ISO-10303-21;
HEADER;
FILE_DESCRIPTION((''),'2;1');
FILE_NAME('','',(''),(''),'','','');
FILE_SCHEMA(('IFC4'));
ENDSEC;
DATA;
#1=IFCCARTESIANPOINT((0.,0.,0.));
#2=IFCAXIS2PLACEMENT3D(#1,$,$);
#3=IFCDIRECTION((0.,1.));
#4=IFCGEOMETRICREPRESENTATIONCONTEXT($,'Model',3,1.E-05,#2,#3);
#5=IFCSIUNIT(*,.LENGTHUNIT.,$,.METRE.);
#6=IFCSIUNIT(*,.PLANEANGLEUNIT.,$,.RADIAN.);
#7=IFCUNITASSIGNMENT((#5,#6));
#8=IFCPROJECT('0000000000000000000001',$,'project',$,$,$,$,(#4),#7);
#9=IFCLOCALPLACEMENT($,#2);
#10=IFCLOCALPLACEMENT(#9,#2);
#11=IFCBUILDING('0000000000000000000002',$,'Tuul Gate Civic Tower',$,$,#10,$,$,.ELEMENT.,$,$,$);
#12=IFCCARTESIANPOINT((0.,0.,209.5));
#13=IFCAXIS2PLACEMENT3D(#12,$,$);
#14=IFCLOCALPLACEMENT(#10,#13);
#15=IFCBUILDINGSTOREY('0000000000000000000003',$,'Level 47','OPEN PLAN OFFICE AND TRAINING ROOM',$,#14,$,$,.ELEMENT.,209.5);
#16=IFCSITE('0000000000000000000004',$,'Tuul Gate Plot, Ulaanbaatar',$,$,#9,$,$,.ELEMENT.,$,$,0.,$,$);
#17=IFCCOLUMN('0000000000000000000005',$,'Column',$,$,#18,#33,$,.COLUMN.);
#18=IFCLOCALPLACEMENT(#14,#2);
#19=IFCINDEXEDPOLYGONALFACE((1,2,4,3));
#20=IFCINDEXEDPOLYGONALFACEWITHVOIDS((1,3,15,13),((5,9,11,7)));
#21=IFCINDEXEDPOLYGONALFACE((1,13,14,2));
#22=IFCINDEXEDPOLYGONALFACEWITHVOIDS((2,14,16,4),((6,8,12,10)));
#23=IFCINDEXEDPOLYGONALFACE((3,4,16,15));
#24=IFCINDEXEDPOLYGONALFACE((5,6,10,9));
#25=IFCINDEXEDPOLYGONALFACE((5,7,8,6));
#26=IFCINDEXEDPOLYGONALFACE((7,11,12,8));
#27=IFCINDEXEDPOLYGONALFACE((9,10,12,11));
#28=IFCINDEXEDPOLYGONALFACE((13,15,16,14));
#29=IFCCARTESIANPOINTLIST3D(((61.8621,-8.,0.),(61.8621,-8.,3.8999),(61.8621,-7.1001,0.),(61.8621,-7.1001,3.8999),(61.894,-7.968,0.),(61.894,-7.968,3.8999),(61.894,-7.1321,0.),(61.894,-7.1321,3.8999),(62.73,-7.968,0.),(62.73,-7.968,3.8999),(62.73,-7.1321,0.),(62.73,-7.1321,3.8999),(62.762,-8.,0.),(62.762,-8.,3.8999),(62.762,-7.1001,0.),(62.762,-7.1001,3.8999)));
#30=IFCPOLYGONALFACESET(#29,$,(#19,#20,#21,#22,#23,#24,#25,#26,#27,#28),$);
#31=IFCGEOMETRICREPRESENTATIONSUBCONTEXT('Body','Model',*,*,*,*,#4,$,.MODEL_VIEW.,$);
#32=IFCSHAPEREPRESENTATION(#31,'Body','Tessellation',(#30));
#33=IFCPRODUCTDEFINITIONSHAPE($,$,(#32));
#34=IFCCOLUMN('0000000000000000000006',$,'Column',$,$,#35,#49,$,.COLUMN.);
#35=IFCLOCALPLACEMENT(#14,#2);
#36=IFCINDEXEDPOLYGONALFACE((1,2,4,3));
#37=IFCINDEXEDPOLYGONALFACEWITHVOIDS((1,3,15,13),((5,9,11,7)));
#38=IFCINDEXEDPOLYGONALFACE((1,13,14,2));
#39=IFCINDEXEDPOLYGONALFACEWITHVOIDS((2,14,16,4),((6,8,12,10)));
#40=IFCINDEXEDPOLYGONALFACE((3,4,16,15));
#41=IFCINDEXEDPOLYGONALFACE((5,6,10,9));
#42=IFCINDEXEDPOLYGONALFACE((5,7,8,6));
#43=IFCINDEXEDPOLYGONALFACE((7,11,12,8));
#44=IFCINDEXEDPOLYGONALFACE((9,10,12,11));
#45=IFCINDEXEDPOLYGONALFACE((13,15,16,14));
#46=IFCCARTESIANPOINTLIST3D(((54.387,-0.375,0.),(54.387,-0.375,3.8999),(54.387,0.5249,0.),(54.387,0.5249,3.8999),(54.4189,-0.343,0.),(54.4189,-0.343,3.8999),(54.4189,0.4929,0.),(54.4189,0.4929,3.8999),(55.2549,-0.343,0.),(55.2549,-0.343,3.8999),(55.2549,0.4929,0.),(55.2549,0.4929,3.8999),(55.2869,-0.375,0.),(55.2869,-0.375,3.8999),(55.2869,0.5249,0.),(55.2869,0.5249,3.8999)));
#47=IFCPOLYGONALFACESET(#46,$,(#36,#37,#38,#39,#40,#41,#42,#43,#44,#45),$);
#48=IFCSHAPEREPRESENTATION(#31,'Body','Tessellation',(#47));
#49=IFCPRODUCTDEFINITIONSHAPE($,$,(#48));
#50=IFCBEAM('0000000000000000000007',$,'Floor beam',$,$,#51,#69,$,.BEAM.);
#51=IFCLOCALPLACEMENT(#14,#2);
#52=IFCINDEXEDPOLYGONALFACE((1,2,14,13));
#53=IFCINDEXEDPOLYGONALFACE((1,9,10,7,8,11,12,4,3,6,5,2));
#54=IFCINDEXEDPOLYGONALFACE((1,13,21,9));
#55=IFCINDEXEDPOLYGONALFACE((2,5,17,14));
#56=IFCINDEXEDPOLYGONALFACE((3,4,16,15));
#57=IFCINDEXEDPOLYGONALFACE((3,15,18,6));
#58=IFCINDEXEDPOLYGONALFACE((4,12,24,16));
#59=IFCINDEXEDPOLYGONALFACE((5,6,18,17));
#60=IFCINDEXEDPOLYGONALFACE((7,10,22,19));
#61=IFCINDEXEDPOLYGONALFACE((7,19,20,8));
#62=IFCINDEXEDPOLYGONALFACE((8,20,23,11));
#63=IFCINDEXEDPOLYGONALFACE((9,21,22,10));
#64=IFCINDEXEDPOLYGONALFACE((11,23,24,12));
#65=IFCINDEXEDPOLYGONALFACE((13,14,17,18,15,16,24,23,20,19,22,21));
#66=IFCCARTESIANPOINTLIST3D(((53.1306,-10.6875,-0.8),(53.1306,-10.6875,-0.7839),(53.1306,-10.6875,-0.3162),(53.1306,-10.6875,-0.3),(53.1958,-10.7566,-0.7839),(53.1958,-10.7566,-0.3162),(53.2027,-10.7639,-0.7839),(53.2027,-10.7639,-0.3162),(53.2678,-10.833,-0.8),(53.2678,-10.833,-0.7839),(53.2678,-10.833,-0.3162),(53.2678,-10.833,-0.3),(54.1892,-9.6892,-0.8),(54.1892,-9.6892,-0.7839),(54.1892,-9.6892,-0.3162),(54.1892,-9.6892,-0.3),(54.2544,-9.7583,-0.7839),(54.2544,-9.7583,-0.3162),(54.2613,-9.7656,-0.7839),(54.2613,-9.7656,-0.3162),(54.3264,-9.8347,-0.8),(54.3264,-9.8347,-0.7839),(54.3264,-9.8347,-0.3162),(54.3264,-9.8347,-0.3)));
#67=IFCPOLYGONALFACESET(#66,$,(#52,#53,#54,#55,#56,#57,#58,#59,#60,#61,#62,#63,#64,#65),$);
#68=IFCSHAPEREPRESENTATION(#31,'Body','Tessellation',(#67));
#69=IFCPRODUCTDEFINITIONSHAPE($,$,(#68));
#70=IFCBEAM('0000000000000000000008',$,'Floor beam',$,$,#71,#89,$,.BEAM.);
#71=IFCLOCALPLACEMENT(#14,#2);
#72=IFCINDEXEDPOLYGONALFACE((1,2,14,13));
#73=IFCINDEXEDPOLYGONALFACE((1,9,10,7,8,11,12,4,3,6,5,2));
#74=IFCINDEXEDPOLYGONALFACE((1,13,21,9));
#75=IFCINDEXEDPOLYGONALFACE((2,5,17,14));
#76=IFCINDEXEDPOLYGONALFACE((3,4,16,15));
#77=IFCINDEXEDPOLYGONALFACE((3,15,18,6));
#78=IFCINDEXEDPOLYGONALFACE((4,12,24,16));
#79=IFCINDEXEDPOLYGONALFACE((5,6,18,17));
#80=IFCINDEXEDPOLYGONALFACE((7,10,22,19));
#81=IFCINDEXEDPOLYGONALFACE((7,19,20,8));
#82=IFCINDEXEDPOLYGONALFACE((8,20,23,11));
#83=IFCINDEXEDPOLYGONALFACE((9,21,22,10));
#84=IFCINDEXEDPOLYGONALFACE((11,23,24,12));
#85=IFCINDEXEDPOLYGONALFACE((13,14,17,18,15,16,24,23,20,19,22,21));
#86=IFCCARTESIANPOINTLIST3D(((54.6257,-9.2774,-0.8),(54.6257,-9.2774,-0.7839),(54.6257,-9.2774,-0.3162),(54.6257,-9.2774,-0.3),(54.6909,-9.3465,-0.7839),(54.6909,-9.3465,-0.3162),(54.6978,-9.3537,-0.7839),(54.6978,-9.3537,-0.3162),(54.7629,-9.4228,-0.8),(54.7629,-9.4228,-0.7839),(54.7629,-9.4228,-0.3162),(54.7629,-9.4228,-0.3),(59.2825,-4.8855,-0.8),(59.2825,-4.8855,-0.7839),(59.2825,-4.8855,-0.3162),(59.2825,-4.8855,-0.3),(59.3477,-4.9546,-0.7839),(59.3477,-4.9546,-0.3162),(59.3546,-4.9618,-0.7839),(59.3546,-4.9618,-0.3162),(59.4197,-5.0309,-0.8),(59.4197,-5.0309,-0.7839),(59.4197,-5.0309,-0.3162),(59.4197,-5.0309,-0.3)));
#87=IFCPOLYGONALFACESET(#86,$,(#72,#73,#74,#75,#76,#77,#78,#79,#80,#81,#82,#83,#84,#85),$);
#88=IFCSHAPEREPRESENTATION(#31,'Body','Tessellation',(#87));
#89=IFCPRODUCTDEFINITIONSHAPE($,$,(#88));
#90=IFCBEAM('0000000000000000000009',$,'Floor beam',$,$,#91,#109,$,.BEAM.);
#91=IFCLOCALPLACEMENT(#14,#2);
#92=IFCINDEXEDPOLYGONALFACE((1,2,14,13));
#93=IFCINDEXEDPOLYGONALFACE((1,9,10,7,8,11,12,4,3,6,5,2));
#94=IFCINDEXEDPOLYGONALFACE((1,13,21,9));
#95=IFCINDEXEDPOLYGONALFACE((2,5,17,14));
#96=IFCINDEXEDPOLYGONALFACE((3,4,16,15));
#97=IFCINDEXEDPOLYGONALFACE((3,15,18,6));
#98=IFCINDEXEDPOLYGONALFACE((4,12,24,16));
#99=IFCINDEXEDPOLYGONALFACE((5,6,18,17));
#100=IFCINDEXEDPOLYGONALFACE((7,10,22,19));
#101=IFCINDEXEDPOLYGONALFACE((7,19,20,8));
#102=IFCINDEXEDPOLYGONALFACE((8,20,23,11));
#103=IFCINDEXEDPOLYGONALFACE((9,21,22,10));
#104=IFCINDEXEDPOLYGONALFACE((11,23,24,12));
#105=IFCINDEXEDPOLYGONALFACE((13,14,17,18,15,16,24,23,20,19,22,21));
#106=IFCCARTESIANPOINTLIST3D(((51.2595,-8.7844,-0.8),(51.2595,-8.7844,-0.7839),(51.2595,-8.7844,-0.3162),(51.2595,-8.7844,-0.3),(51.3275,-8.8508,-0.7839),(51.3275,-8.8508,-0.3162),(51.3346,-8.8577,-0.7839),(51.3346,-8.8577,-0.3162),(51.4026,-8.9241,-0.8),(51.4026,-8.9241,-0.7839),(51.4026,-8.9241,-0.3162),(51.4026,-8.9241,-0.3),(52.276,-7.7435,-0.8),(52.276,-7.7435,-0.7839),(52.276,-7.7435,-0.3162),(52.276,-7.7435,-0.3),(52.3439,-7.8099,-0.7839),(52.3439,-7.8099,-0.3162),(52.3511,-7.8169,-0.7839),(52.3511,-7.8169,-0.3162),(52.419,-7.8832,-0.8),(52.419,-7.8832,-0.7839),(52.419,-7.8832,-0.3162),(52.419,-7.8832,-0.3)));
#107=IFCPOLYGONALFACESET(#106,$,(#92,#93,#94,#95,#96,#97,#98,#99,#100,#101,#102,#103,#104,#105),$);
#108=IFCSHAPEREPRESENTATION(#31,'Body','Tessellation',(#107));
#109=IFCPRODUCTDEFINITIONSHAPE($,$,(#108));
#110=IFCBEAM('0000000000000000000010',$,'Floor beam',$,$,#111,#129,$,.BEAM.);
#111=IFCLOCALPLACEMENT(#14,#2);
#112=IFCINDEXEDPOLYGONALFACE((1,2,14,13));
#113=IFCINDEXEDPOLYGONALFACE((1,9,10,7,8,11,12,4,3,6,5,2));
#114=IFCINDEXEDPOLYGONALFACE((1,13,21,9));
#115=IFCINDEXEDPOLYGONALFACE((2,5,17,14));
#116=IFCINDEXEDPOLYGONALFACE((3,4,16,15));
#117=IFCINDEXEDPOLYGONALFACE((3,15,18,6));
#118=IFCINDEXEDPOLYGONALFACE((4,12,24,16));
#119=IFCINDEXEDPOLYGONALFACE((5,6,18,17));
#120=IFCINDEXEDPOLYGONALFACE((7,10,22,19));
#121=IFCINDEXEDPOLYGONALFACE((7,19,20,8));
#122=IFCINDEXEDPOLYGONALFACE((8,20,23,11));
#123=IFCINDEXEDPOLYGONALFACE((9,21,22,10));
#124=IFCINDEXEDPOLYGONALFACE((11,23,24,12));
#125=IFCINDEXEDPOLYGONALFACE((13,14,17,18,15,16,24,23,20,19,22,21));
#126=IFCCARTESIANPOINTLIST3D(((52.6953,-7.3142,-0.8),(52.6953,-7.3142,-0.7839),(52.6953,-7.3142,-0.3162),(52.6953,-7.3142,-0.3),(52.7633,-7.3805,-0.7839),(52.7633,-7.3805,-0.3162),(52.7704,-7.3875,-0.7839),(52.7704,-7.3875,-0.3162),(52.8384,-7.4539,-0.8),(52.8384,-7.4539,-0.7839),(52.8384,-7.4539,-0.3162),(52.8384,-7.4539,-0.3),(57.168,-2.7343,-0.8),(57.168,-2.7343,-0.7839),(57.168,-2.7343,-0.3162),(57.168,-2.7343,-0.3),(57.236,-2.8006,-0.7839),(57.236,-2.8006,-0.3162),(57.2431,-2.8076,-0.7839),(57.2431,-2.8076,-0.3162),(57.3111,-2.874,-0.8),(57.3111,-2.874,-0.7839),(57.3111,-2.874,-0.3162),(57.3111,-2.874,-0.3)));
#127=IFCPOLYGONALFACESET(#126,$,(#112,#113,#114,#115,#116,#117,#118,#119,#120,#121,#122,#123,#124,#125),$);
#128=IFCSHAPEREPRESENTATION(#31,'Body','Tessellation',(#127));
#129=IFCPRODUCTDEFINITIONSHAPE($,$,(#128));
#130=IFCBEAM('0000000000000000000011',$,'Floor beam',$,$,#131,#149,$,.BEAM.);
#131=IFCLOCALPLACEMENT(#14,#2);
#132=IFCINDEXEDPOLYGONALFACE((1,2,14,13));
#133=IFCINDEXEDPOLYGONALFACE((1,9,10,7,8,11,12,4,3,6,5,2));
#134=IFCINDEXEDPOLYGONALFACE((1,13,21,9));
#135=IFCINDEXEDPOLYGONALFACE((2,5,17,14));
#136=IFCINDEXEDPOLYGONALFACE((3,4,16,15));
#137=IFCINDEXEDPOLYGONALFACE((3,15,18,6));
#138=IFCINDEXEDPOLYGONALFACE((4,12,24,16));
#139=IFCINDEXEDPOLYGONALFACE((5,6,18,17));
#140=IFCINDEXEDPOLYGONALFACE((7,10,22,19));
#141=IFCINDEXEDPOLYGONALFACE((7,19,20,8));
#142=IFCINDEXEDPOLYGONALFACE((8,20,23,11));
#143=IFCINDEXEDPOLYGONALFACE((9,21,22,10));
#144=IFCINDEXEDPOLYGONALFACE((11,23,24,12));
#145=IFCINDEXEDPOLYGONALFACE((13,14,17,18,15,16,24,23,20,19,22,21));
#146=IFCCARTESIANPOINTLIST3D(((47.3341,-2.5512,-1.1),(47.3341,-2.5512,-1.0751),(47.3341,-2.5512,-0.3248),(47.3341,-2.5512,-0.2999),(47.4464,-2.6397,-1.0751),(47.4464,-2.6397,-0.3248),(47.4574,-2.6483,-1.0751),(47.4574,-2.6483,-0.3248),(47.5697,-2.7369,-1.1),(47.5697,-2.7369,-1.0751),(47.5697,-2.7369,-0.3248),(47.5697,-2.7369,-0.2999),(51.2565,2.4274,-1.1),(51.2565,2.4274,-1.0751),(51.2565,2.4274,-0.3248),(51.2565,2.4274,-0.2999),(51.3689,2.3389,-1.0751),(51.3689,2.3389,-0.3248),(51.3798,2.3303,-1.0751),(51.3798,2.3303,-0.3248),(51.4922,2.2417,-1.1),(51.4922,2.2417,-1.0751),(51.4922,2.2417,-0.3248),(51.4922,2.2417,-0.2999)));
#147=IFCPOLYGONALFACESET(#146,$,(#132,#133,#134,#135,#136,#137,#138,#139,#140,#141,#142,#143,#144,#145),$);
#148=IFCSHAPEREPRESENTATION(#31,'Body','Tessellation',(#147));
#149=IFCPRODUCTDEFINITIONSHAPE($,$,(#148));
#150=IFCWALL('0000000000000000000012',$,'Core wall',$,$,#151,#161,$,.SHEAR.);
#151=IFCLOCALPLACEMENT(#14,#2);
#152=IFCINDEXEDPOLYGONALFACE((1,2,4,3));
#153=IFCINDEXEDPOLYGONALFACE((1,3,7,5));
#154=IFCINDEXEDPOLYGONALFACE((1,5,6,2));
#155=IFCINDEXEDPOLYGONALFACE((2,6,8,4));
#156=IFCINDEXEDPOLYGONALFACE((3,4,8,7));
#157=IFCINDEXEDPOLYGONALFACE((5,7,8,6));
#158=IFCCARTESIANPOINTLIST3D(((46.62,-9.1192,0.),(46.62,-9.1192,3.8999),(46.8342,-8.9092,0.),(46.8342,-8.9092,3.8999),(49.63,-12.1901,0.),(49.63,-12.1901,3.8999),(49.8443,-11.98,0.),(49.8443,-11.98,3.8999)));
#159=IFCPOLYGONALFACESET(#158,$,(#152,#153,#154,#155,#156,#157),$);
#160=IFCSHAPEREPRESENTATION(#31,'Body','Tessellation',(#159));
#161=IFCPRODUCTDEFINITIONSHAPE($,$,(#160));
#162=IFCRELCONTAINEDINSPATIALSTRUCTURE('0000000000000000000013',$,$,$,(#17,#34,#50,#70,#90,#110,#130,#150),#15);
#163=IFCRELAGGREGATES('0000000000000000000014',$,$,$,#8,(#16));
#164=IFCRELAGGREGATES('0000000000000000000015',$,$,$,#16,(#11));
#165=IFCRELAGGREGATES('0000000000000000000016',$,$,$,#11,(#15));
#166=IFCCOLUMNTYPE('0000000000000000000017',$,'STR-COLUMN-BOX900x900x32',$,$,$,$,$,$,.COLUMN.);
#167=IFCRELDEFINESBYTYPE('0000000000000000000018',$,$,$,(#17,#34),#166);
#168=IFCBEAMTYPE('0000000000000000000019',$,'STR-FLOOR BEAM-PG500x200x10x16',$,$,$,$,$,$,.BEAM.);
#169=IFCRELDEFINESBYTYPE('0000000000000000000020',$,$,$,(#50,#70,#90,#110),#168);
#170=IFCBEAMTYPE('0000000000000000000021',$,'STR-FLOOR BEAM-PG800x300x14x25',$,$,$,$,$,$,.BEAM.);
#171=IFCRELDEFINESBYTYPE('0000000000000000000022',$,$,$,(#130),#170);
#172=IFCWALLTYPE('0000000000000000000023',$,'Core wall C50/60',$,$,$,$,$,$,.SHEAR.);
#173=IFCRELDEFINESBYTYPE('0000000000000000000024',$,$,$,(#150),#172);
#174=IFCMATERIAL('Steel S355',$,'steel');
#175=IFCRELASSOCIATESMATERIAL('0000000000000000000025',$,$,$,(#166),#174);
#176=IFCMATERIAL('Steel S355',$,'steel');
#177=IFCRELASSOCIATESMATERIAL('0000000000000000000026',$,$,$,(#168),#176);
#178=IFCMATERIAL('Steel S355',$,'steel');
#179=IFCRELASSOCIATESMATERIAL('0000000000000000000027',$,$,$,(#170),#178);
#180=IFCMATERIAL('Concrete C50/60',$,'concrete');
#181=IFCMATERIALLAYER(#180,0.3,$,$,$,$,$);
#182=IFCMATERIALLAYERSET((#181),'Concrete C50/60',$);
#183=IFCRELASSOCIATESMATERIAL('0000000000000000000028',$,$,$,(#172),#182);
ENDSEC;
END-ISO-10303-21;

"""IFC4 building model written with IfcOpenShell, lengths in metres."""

from ifc_helpers import new_model, si_unit, direction, frame, frame_2d, origin, origin_2d, place, context, subcontext, project, spatial, rectangle, hollow_rectangle, i_section, extrude, material, layer, layer_set, material_profile, profile_set, type_object, element, save


model = new_model("IFC4")

# Units and contexts
model_context = context("Model", 3, precision=1e-05, world=origin(), true_north=direction((0.0, 1.0)))
body_context = subcontext(model_context, "Body", "Model", "MODEL_VIEW")
ifc_project = project(units=[si_unit("LENGTHUNIT", "METRE"), si_unit("PLANEANGLEUNIT", "RADIAN")], contexts=[model_context])

# Site, building, storey
site_placement = place(None, origin())
site = spatial("IfcSite", under=ifc_project, at=site_placement, Name="Tuul Gate Plot, Ulaanbaatar", CompositionType="ELEMENT", RefElevation=0.0)
building_placement = place(site_placement, origin())
building = spatial("IfcBuilding", under=site, at=building_placement, Name="Tuul Gate Civic Tower", CompositionType="ELEMENT")
storey_placement = place(building_placement, frame((0.0, 0.0, 209.5)))
storey = spatial("IfcBuildingStorey", under=building, at=storey_placement, Name="Level 47", Description="OPEN PLAN OFFICE AND TRAINING ROOM", CompositionType="ELEMENT", Elevation=209.5)

# Columns
ifc_material_1 = material(Name="Steel S355", Category="steel")
ifc_material_profile_1 = material_profile(ifc_material_1, hollow_rectangle(XDim=0.8999, YDim=0.8999, WallThickness=0.032, at=origin_2d()), Name="BOX900x900x32")
ifc_profile_set_1 = profile_set([ifc_material_profile_1], Name="Steel S355")
column_type = type_object("IfcColumnType", Name="STR-COLUMN-BOX900x900x32", PredefinedType="COLUMN", material=ifc_profile_set_1)
for number, where, z_axis, x_axis, name in (
    (1, (62.312, -7.55, 0.0), (0.0, 0.0, 1.0), (1.0, 0.0, 0.0), "Column"),
    (2, (54.8369, 0.075, 0.0), (0.0, 0.0, 1.0), (1.0, 0.0, 0.0), "Column"),
):
    element("IfcColumn", number, at=place(storey_placement, frame(where, z_axis=z_axis, x_axis=x_axis)), inside=storey, type_object=column_type, Name=name, PredefinedType="COLUMN", context=body_context, shape_type="SweptSolid", body=[
        extrude(hollow_rectangle(XDim=0.8999, YDim=0.8999, WallThickness=0.032, at=origin_2d()), origin(), (0.0, 0.0, 1.0), 3.8999),
    ])

# Beams
ifc_material_2 = material(Name="Steel S355", Category="steel")
ifc_material_profile_2 = material_profile(ifc_material_2, i_section(OverallWidth=0.2, OverallDepth=0.5, WebThickness=0.01, FlangeThickness=0.0161, at=origin_2d()), Name="PG500x200x10x16")
ifc_profile_set_2 = profile_set([ifc_material_profile_2], Name="Steel S355")
beam_type_1 = type_object("IfcBeamType", Name="STR-FLOOR BEAM-PG500x200x10x16", PredefinedType="BEAM", material=ifc_profile_set_2)
beam_1_placement = place(storey_placement, frame((53.1992, -10.7603, -0.55), z_axis=(0.727525, 0.686081, 0.0), x_axis=(-0.686081, 0.727525, 0.0)))
element("IfcBeam", 3, at=beam_1_placement, inside=storey, type_object=beam_type_1, Name="Floor beam", PredefinedType="BEAM", context=body_context, shape_type="SweptSolid", body=[
    extrude(i_section(OverallWidth=0.2, OverallDepth=0.5, WebThickness=0.01, FlangeThickness=0.0161, at=origin_2d()), origin(), (0.0, 0.0, 1.0), 1.4551),
])
beam_2_placement = place(storey_placement, frame((54.6943, -9.3501, -0.55), z_axis=(0.727495, 0.686113, 0.0), x_axis=(-0.686113, 0.727495, 0.0)))
element("IfcBeam", 4, at=beam_2_placement, inside=storey, type_object=beam_type_1, Name="Floor beam", PredefinedType="BEAM", context=body_context, shape_type="SweptSolid", body=[
    extrude(i_section(OverallWidth=0.2, OverallDepth=0.5, WebThickness=0.01, FlangeThickness=0.0161, at=origin_2d()), origin(), (0.0, 0.0, 1.0), 6.4011),
])
beam_3_placement = place(storey_placement, frame((51.3311, -8.8542, -0.55), z_axis=(0.698666, 0.715448, 0.0), x_axis=(-0.715448, 0.698666, 0.0)))
element("IfcBeam", 5, at=beam_3_placement, inside=storey, type_object=beam_type_1, Name="Floor beam", PredefinedType="BEAM", context=body_context, shape_type="SweptSolid", body=[
    extrude(i_section(OverallWidth=0.2, OverallDepth=0.5, WebThickness=0.01, FlangeThickness=0.0161, at=origin_2d()), origin(), (0.0, 0.0, 1.0), 1.4548),
])
beam_4_placement = place(storey_placement, frame((52.7668, -7.384, -0.55), z_axis=(0.698686, 0.715428, 0.0), x_axis=(-0.715428, 0.698686, 0.0)))
element("IfcBeam", 6, at=beam_4_placement, inside=storey, type_object=beam_type_1, Name="Floor beam", PredefinedType="BEAM", context=body_context, shape_type="SweptSolid", body=[
    extrude(i_section(OverallWidth=0.2, OverallDepth=0.5, WebThickness=0.01, FlangeThickness=0.0161, at=origin_2d()), origin(), (0.0, 0.0, 1.0), 6.4016),
])
ifc_material_3 = material(Name="Steel S355", Category="steel")
ifc_material_profile_3 = material_profile(ifc_material_3, i_section(OverallWidth=0.3, OverallDepth=0.8, WebThickness=0.0139, FlangeThickness=0.0249, at=origin_2d()), Name="PG800x300x14x25")
ifc_profile_set_3 = profile_set([ifc_material_profile_3], Name="Steel S355")
beam_type_2 = type_object("IfcBeamType", Name="STR-FLOOR BEAM-PG800x300x14x25", PredefinedType="BEAM", material=ifc_profile_set_3)
beam_5_placement = place(storey_placement, frame((47.4519, -2.644, -0.7), z_axis=(0.618862, 0.7855, 0.0), x_axis=(-0.7855, 0.618862, 0.0)))
element("IfcBeam", 7, at=beam_5_placement, inside=storey, type_object=beam_type_2, Name="Floor beam", PredefinedType="BEAM", context=body_context, shape_type="SweptSolid", body=[
    extrude(i_section(OverallWidth=0.3, OverallDepth=0.8, WebThickness=0.0139, FlangeThickness=0.0249, at=origin_2d()), origin(), (0.0, 0.0, 1.0), 6.3381),
])

# Wall
ifc_material_4 = material(Name="Concrete C50/60", Category="concrete")
ifc_layer_1 = layer(ifc_material_4, 0.3)
ifc_layer_set_1 = layer_set([ifc_layer_1], Name="Concrete C50/60")
wall_type_1 = type_object("IfcWallType", Name="Core wall C50/60", PredefinedType="SHEAR", material=ifc_layer_set_1)
wall_1_placement = place(storey_placement, frame((49.7371, -12.085, 0.0), z_axis=(0.0, 0.0, 1.0), x_axis=(-0.700003, 0.71414, 0.0)))
element("IfcWall", 8, at=wall_1_placement, inside=storey, type_object=wall_type_1, Name="Core wall", PredefinedType="SHEAR", context=body_context, shape_type="SweptSolid", body=[
    extrude(rectangle(XDim=4.3, YDim=0.3, at=frame_2d((2.1499, 0.0))), origin(), (0.0, 0.0, 1.0), 3.8999),
])

save(model, "model.ifc")
